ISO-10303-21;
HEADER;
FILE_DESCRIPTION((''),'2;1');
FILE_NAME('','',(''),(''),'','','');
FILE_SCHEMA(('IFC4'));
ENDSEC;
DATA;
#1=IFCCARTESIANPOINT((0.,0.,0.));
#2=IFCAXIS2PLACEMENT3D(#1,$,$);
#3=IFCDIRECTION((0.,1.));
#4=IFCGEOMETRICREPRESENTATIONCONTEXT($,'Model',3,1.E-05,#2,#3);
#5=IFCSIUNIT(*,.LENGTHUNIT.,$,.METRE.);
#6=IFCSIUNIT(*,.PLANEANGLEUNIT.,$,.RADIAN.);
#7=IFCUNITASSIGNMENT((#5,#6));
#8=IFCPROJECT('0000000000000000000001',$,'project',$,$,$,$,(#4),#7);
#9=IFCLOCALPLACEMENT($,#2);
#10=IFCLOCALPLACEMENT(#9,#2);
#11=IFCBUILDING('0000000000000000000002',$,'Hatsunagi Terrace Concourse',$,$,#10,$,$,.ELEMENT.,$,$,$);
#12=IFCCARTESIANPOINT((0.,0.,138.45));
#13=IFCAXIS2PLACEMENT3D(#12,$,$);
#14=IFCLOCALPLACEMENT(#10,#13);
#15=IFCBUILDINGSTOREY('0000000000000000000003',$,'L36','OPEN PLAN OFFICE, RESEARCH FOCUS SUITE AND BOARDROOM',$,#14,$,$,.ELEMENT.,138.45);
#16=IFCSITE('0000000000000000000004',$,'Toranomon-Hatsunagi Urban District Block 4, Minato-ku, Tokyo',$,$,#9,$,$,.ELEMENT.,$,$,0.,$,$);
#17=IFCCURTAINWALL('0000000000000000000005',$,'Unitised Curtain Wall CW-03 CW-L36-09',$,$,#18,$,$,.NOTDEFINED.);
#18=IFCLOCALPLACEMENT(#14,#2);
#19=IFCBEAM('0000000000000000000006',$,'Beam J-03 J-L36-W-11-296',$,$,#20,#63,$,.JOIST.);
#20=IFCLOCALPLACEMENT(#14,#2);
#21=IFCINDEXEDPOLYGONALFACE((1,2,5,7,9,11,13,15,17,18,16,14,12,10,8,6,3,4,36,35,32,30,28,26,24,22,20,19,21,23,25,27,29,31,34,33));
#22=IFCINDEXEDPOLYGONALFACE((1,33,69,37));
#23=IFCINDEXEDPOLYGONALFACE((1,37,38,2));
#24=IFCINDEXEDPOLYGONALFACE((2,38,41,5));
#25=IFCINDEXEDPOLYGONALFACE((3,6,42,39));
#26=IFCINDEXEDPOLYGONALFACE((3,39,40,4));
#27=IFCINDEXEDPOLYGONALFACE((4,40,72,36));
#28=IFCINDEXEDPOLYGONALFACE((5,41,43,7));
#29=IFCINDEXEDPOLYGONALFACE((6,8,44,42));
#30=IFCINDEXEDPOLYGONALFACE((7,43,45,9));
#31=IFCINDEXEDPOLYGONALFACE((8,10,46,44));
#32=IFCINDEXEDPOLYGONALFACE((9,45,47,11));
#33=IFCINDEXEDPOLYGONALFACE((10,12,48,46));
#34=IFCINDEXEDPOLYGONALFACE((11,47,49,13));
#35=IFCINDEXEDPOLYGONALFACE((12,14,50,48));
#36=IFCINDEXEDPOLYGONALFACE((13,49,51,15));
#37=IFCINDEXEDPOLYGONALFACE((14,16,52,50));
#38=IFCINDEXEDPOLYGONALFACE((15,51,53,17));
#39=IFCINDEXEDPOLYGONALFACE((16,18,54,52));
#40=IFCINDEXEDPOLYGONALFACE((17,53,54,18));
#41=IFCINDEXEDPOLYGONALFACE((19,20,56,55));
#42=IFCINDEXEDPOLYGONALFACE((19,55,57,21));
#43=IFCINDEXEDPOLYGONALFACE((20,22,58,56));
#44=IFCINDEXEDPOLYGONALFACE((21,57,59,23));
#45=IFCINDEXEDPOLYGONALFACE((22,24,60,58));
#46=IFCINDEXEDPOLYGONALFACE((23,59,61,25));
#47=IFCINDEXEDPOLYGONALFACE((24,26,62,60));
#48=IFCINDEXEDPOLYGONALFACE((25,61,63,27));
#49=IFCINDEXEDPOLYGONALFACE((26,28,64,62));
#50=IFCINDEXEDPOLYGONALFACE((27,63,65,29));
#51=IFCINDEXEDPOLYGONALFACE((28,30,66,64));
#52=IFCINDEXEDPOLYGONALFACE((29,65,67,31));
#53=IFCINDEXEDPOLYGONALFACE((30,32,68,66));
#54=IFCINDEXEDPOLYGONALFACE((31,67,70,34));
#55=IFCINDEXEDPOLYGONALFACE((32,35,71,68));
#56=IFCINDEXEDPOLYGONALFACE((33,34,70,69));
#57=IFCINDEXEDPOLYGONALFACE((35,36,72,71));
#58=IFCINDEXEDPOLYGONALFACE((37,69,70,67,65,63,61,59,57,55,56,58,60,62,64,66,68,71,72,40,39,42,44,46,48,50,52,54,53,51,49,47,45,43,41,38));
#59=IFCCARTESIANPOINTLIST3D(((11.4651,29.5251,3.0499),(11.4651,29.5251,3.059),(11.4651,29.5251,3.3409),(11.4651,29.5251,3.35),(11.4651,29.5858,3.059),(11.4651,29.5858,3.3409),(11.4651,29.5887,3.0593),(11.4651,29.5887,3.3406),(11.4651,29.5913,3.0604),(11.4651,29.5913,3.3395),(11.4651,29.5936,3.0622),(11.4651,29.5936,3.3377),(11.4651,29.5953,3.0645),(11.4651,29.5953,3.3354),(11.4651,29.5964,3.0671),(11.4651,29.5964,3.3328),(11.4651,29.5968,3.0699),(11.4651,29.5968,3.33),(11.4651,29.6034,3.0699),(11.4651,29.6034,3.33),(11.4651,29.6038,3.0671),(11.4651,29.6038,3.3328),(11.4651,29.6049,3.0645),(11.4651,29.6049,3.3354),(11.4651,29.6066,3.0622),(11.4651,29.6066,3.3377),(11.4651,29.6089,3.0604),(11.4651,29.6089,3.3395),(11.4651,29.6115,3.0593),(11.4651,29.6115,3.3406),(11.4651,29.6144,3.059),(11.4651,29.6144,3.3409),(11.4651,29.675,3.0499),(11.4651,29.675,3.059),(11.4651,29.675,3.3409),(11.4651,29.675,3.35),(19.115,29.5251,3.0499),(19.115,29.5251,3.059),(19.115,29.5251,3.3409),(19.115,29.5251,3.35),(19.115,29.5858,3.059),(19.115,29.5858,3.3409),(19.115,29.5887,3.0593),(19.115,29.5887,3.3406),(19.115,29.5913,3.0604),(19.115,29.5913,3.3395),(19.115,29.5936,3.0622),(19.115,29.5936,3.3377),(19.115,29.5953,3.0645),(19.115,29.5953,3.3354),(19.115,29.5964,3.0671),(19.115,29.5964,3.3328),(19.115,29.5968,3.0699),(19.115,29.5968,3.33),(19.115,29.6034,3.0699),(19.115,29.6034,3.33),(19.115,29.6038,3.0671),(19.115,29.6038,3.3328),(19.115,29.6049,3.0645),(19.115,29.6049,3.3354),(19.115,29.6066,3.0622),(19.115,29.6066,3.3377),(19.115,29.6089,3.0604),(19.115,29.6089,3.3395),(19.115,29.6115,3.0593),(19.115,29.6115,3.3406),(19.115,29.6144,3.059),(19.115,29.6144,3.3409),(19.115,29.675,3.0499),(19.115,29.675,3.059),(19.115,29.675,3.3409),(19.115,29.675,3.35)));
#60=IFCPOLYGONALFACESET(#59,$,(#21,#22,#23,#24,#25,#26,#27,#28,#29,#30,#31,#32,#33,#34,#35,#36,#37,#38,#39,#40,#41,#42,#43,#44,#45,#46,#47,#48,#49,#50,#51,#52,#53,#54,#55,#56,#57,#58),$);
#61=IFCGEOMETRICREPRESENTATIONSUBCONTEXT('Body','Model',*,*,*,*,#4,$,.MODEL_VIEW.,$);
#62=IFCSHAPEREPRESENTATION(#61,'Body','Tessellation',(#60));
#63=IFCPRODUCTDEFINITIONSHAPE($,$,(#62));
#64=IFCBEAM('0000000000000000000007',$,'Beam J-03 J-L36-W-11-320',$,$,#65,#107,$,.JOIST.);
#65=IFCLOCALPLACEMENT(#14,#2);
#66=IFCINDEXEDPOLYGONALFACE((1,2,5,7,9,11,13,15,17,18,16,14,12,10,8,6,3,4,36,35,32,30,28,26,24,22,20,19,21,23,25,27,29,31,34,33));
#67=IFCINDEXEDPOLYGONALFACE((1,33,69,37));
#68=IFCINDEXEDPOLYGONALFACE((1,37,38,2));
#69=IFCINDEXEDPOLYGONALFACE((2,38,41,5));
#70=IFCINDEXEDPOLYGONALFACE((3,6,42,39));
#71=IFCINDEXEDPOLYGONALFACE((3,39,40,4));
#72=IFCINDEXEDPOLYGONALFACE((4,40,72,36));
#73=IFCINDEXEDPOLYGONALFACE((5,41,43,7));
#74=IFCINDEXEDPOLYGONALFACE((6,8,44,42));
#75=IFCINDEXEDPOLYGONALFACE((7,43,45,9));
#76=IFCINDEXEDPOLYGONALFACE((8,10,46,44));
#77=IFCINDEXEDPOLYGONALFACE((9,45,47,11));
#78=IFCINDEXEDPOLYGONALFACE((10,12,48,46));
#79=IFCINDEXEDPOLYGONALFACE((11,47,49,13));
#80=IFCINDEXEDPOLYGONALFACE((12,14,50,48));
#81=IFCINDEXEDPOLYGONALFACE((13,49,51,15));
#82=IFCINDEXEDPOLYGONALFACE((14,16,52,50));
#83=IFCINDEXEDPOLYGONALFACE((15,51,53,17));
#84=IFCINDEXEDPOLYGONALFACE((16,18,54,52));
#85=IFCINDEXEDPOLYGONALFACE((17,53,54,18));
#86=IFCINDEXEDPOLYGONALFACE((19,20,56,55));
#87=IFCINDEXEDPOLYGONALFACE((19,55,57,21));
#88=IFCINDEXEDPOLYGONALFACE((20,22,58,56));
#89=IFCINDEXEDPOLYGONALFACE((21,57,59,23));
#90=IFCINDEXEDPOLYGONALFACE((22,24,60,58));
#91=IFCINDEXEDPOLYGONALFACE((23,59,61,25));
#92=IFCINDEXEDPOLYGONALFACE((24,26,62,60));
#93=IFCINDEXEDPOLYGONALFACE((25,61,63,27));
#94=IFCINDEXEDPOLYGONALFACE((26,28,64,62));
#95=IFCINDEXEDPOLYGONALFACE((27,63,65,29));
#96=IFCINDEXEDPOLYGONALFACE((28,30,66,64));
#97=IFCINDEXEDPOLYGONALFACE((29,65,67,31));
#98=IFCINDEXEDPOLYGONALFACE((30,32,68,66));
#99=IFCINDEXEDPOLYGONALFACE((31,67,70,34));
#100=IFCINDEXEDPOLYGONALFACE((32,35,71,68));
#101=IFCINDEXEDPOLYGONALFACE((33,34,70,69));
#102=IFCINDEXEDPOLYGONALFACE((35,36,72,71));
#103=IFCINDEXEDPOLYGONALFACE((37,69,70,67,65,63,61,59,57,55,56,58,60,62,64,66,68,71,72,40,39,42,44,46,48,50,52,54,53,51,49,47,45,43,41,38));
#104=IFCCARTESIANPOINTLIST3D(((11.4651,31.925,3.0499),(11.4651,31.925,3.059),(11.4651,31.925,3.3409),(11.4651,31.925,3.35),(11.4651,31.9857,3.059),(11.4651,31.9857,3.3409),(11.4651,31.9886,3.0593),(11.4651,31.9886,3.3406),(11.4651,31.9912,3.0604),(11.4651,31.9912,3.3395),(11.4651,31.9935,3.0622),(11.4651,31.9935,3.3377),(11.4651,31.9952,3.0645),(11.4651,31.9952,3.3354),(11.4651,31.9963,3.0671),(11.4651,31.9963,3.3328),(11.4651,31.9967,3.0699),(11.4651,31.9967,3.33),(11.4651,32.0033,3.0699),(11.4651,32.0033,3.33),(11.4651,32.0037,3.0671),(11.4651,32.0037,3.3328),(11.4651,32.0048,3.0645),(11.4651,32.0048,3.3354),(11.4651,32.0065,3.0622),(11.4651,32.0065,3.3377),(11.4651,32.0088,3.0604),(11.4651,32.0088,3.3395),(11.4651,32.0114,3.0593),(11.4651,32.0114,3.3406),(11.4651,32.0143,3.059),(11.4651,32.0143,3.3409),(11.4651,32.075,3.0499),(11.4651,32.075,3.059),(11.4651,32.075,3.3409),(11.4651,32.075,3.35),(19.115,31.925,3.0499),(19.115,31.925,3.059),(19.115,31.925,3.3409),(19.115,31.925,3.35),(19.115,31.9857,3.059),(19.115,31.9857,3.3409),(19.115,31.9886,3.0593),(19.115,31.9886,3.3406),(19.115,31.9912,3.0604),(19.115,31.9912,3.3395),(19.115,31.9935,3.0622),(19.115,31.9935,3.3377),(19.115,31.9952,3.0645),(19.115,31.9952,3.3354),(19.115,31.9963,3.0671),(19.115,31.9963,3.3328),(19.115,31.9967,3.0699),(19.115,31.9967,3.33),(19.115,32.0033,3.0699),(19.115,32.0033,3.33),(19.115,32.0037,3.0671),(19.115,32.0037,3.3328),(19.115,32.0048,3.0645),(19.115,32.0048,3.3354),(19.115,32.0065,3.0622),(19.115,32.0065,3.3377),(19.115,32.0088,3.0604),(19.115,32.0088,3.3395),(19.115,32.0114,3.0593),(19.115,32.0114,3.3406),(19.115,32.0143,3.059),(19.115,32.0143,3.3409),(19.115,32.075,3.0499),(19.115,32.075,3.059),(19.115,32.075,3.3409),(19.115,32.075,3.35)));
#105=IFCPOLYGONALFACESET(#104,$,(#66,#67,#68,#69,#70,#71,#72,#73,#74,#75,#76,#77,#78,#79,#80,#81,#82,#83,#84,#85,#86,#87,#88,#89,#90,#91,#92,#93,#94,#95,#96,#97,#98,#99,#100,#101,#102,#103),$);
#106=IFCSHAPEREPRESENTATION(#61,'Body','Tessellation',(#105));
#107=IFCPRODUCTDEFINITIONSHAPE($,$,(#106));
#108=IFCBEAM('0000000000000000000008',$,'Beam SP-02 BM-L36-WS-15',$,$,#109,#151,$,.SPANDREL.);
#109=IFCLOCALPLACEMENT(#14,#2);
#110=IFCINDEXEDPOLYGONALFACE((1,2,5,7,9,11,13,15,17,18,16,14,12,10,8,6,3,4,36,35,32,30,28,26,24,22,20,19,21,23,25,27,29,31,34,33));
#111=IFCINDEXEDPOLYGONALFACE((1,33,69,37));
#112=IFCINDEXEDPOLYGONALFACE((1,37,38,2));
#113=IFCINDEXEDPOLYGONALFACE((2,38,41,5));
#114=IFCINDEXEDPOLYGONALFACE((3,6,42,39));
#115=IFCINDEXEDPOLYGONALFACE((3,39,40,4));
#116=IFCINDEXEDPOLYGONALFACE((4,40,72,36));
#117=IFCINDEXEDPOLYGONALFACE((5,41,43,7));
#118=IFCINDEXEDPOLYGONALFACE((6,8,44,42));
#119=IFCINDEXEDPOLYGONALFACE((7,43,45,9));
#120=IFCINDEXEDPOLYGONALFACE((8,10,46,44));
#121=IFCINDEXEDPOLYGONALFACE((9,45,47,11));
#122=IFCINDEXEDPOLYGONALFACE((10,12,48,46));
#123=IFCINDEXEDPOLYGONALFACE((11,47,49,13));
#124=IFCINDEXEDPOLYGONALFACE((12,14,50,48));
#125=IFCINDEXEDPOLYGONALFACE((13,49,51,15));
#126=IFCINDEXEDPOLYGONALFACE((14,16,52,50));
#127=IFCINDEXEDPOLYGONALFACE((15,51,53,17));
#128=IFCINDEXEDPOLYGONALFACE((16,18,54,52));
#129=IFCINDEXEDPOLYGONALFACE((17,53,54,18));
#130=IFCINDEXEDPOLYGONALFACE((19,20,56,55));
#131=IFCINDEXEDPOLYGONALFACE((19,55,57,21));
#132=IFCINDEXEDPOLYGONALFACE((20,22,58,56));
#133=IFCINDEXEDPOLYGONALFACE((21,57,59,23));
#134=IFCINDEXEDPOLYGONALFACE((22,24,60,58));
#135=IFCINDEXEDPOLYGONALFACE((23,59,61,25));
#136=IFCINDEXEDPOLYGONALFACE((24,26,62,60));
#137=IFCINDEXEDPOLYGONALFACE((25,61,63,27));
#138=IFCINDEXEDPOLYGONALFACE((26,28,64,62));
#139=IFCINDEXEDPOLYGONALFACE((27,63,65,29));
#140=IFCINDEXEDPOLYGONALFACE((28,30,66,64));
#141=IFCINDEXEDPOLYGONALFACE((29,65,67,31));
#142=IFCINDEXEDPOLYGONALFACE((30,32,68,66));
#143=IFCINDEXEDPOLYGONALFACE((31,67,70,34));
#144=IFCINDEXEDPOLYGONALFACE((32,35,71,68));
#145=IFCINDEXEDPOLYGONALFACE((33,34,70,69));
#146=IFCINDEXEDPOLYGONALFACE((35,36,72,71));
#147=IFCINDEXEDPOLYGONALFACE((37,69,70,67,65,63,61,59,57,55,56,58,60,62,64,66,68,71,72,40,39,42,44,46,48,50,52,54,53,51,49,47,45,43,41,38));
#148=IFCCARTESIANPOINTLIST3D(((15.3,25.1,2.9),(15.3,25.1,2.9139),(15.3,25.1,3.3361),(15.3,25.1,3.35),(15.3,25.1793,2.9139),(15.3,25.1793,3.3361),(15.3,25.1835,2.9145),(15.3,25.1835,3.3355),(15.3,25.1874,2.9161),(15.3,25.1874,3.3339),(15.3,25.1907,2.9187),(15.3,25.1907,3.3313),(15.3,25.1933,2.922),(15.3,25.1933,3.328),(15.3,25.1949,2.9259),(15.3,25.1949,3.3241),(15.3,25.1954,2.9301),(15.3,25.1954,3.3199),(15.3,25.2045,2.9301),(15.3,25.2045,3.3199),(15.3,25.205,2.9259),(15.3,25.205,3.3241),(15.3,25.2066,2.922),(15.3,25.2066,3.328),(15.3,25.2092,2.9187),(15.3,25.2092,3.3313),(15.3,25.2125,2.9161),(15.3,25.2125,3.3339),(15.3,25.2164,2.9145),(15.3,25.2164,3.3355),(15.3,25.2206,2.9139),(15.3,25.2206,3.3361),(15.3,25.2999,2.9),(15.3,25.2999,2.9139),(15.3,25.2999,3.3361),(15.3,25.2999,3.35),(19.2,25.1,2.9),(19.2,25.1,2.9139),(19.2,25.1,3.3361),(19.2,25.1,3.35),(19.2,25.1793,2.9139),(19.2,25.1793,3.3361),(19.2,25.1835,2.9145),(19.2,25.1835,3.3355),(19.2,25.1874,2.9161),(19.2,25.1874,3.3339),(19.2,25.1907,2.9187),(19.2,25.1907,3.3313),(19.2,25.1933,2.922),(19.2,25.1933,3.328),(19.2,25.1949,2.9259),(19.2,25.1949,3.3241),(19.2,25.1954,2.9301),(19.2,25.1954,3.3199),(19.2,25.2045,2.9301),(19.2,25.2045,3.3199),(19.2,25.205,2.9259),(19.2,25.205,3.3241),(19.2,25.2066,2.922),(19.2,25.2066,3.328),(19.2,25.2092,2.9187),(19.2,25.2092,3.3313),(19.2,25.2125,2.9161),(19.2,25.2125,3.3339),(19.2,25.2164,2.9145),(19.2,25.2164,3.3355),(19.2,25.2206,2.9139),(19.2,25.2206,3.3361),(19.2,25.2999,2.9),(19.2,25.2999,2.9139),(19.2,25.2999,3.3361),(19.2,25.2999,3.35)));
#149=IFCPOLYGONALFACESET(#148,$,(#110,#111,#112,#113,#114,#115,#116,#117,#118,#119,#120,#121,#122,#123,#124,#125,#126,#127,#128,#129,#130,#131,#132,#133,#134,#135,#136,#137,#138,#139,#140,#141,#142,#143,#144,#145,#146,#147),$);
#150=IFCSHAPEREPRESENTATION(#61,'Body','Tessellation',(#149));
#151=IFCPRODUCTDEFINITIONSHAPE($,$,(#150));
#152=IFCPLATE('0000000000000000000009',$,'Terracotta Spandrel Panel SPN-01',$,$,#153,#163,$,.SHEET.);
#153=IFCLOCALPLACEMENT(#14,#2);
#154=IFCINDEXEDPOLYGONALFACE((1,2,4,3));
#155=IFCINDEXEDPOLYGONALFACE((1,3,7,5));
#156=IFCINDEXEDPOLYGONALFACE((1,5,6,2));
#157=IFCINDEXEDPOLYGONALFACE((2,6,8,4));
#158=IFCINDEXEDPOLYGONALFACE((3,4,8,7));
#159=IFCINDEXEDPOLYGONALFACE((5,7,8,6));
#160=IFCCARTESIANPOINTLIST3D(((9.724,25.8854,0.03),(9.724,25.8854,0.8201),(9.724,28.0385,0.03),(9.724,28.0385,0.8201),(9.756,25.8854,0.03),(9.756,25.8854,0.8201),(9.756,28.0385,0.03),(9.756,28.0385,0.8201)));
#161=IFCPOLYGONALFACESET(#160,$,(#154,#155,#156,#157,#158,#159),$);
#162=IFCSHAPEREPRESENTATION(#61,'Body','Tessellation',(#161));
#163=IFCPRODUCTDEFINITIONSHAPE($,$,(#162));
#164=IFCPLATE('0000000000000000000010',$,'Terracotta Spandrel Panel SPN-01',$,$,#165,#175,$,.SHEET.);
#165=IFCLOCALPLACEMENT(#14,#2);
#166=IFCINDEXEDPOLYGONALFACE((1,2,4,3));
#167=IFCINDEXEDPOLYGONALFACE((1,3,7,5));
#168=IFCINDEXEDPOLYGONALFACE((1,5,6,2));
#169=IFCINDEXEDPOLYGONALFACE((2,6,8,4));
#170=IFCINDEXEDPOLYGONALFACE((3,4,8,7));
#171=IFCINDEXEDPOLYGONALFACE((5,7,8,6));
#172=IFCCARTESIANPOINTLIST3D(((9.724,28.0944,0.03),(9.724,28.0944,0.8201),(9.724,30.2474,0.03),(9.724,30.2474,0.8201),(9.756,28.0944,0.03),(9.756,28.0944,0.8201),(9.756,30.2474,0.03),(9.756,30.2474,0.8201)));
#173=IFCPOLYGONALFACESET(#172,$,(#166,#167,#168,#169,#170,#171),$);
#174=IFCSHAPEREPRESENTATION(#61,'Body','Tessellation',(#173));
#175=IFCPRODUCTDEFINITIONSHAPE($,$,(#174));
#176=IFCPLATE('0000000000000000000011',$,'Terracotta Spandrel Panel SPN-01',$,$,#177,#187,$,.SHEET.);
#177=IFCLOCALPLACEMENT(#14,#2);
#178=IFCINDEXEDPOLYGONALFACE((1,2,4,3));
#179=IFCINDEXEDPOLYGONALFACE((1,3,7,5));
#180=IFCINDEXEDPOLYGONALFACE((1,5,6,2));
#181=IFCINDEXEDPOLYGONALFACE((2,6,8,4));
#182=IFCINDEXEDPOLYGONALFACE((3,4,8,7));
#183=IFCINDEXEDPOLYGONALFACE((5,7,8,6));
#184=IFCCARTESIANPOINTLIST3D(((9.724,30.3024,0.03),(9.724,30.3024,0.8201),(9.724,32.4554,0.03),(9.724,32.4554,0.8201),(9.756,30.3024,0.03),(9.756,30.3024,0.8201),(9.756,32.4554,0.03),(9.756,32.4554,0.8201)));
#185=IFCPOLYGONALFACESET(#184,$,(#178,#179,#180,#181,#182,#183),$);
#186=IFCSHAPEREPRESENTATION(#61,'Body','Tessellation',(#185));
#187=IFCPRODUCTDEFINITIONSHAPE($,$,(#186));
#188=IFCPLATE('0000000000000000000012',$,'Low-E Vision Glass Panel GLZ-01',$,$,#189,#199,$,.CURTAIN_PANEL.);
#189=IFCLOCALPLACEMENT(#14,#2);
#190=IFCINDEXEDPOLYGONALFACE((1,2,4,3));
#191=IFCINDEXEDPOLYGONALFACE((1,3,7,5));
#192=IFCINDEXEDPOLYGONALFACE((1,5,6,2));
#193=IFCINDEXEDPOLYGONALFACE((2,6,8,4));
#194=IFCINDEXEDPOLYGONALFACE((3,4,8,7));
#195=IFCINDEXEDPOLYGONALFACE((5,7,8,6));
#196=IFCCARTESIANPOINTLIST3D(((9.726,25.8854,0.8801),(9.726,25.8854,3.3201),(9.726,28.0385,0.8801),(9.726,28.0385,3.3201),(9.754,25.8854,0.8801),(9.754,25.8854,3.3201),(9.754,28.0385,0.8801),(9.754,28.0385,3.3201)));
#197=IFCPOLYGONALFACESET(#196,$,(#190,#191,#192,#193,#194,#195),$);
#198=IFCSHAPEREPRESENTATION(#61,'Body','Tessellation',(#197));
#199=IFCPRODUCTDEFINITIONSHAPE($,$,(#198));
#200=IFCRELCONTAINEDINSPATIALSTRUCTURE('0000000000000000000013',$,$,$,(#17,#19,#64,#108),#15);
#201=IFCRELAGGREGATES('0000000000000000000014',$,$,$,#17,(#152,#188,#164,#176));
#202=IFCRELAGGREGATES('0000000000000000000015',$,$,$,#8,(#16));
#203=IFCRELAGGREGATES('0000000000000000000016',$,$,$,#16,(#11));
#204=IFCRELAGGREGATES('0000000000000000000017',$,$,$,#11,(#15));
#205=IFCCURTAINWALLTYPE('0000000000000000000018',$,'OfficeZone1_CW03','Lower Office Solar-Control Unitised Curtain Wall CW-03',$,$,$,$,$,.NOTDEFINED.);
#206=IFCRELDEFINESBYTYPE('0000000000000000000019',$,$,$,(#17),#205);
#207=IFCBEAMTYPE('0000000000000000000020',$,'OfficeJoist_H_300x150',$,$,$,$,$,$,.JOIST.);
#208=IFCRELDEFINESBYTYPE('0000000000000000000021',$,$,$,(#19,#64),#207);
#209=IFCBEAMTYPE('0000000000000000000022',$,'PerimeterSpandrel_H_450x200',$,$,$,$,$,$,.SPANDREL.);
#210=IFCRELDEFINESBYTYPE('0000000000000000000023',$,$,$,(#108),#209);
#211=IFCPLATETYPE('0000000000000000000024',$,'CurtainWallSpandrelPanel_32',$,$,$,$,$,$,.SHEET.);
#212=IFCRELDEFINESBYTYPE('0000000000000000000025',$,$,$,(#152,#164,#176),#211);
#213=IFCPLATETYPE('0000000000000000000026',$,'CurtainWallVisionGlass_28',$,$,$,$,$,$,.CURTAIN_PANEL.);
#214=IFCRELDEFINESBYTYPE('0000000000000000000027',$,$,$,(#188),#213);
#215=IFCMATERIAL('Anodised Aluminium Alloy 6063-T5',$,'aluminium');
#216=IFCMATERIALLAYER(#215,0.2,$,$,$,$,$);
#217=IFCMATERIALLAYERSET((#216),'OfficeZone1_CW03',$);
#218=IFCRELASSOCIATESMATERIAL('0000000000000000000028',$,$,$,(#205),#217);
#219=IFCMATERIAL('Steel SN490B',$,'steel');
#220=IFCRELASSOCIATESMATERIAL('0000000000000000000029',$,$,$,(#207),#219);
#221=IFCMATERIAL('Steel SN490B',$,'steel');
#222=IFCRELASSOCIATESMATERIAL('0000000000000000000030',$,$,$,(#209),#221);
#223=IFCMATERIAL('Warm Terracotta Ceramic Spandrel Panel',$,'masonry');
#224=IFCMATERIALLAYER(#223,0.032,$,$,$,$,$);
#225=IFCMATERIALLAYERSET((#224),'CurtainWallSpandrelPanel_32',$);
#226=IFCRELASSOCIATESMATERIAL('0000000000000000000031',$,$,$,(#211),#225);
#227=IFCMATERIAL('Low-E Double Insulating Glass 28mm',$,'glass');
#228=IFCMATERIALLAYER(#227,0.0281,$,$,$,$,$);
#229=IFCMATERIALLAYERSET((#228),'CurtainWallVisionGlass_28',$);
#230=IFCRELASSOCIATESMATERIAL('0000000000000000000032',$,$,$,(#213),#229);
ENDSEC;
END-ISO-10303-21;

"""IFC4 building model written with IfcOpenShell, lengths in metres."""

from ifc_helpers import new_model, si_unit, direction, frame, origin, origin_2d, place, context, subcontext, project, spatial, rectangle, i_section, extrude, material, layer, layer_set, material_profile, profile_set, type_object, element, aggregate, save


model = new_model("IFC4")

# Units and contexts
model_context = context("Model", 3, precision=1e-05, world=origin(), true_north=direction((0.0, 1.0)))
body_context = subcontext(model_context, "Body", "Model", "MODEL_VIEW")
ifc_project = project(units=[si_unit("LENGTHUNIT", "METRE"), si_unit("PLANEANGLEUNIT", "RADIAN")], contexts=[model_context])

# Site, building, storey
site_placement = place(None, origin())
site = spatial("IfcSite", under=ifc_project, at=site_placement, Name="Toranomon-Hatsunagi Urban District Block 4, Minato-ku, Tokyo", CompositionType="ELEMENT", RefElevation=0.0)
building_placement = place(site_placement, origin())
building = spatial("IfcBuilding", under=site, at=building_placement, Name="Hatsunagi Terrace Concourse", CompositionType="ELEMENT")
storey_placement = place(building_placement, frame((0.0, 0.0, 138.45)))
storey = spatial("IfcBuildingStorey", under=building, at=storey_placement, Name="L36", Description="OPEN PLAN OFFICE, RESEARCH FOCUS SUITE AND BOARDROOM", CompositionType="ELEMENT", Elevation=138.45)

# Curtain wall
ifc_material_1 = material(Name="Anodised Aluminium Alloy 6063-T5", Category="aluminium")
ifc_layer_1 = layer(ifc_material_1, 0.2)
ifc_layer_set_1 = layer_set([ifc_layer_1], Name="OfficeZone1_CW03")
curtain_wall_type = type_object("IfcCurtainWallType", Name="OfficeZone1_CW03", Description="Lower Office Solar-Control Unitised Curtain Wall CW-03", PredefinedType="NOTDEFINED", material=ifc_layer_set_1)
curtain_wall_placement = place(storey_placement, origin())
curtain_wall = element("IfcCurtainWall", 1, at=curtain_wall_placement, inside=storey, type_object=curtain_wall_type, Name="Unitised Curtain Wall CW-03 CW-L36-09", PredefinedType="NOTDEFINED")

# Beams
ifc_material_2 = material(Name="Steel SN490B", Category="steel")
ifc_material_profile_1 = material_profile(ifc_material_2, i_section(OverallWidth=0.1499, OverallDepth=0.3, WebThickness=0.0066, FlangeThickness=0.009, FilletRadius=0.011, at=origin_2d()), Name="H-300x150x6.5x9")
ifc_profile_set_1 = profile_set([ifc_material_profile_1], Name="Steel SN490B")
beam_type_1 = type_object("IfcBeamType", Name="OfficeJoist_H_300x150", PredefinedType="JOIST", material=ifc_profile_set_1)
for number, where, z_axis, x_axis, name in (
    (2, (11.4651, 29.6001, 3.2), (1.0, 0.0, 0.0), (0.0, 1.0, 0.0), "Beam J-03 J-L36-W-11-296"),
    (3, (11.4651, 32.0, 3.2), (1.0, 0.0, 0.0), (0.0, 1.0, 0.0), "Beam J-03 J-L36-W-11-320"),
):
    element("IfcBeam", number, at=place(storey_placement, frame(where, z_axis=z_axis, x_axis=x_axis)), inside=storey, type_object=beam_type_1, Name=name, PredefinedType="JOIST", context=body_context, shape_type="SweptSolid", body=[
        extrude(i_section(OverallWidth=0.1499, OverallDepth=0.3, WebThickness=0.0066, FlangeThickness=0.009, FilletRadius=0.011, at=origin_2d()), origin(), (0.0, 0.0, 1.0), 7.6499),
    ])
ifc_material_3 = material(Name="Steel SN490B", Category="steel")
ifc_material_profile_2 = material_profile(ifc_material_3, i_section(OverallWidth=0.2, OverallDepth=0.45, WebThickness=0.009, FlangeThickness=0.0139, FilletRadius=0.0161, at=origin_2d()), Name="H-450x200x9x14")
ifc_profile_set_2 = profile_set([ifc_material_profile_2], Name="Steel SN490B")
beam_type_2 = type_object("IfcBeamType", Name="PerimeterSpandrel_H_450x200", PredefinedType="SPANDREL", material=ifc_profile_set_2)
beam_placement = place(storey_placement, frame((15.3, 25.2, 3.125), z_axis=(1.0, 0.0, 0.0), x_axis=(0.0, 1.0, 0.0)))
element("IfcBeam", 4, at=beam_placement, inside=storey, type_object=beam_type_2, Name="Beam SP-02 BM-L36-WS-15", PredefinedType="SPANDREL", context=body_context, shape_type="SweptSolid", body=[
    extrude(i_section(OverallWidth=0.2, OverallDepth=0.45, WebThickness=0.009, FlangeThickness=0.0139, FilletRadius=0.0161, at=origin_2d()), origin(), (0.0, 0.0, 1.0), 3.8999),
])

# Plates
ifc_material_4 = material(Name="Warm Terracotta Ceramic Spandrel Panel", Category="masonry")
ifc_layer_2 = layer(ifc_material_4, 0.032)
ifc_layer_set_2 = layer_set([ifc_layer_2], Name="CurtainWallSpandrelPanel_32")
plate_type_1 = type_object("IfcPlateType", Name="CurtainWallSpandrelPanel_32", PredefinedType="SHEET", material=ifc_layer_set_2)
plate_1_placement = place(storey_placement, frame((9.74, 26.9619, 0.03), z_axis=(0.0, 0.0, 1.0), x_axis=(0.0, 1.0, 0.0)))
plate_1 = element("IfcPlate", 5, at=plate_1_placement, type_object=plate_type_1, Name="Terracotta Spandrel Panel SPN-01", PredefinedType="SHEET", context=body_context, shape_type="SweptSolid", body=[
    extrude(rectangle(XDim=2.1531, YDim=0.032, at=origin_2d()), origin(), (0.0, 0.0, 1.0), 0.79),
])
plate_2_placement = place(storey_placement, frame((9.74, 29.1709, 0.03), z_axis=(0.0, 0.0, 1.0), x_axis=(0.0, 1.0, 0.0)))
plate_2 = element("IfcPlate", 6, at=plate_2_placement, type_object=plate_type_1, Name="Terracotta Spandrel Panel SPN-01", PredefinedType="SHEET", context=body_context, shape_type="SweptSolid", body=[
    extrude(rectangle(XDim=2.1531, YDim=0.032, at=origin_2d()), origin(), (0.0, 0.0, 1.0), 0.79),
])
plate_3_placement = place(storey_placement, frame((9.74, 31.3789, 0.03), z_axis=(0.0, 0.0, 1.0), x_axis=(0.0, 1.0, 0.0)))
plate_3 = element("IfcPlate", 7, at=plate_3_placement, type_object=plate_type_1, Name="Terracotta Spandrel Panel SPN-01", PredefinedType="SHEET", context=body_context, shape_type="SweptSolid", body=[
    extrude(rectangle(XDim=2.1531, YDim=0.032, at=origin_2d()), origin(), (0.0, 0.0, 1.0), 0.79),
])
ifc_material_5 = material(Name="Low-E Double Insulating Glass 28mm", Category="glass")
ifc_layer_3 = layer(ifc_material_5, 0.0281)
ifc_layer_set_3 = layer_set([ifc_layer_3], Name="CurtainWallVisionGlass_28")
plate_type_2 = type_object("IfcPlateType", Name="CurtainWallVisionGlass_28", PredefinedType="CURTAIN_PANEL", material=ifc_layer_set_3)
plate_4_placement = place(storey_placement, frame((9.74, 26.9619, 0.8801), z_axis=(0.0, 0.0, 1.0), x_axis=(0.0, 1.0, 0.0)))
plate_4 = element("IfcPlate", 8, at=plate_4_placement, type_object=plate_type_2, Name="Low-E Vision Glass Panel GLZ-01", PredefinedType="CURTAIN_PANEL", context=body_context, shape_type="SweptSolid", body=[
    extrude(rectangle(XDim=2.1531, YDim=0.0281, at=origin_2d()), origin(), (0.0, 0.0, 1.0), 2.4399),
])
aggregate(curtain_wall, [plate_1, plate_4, plate_2, plate_3])

save(model, "model.ifc")
